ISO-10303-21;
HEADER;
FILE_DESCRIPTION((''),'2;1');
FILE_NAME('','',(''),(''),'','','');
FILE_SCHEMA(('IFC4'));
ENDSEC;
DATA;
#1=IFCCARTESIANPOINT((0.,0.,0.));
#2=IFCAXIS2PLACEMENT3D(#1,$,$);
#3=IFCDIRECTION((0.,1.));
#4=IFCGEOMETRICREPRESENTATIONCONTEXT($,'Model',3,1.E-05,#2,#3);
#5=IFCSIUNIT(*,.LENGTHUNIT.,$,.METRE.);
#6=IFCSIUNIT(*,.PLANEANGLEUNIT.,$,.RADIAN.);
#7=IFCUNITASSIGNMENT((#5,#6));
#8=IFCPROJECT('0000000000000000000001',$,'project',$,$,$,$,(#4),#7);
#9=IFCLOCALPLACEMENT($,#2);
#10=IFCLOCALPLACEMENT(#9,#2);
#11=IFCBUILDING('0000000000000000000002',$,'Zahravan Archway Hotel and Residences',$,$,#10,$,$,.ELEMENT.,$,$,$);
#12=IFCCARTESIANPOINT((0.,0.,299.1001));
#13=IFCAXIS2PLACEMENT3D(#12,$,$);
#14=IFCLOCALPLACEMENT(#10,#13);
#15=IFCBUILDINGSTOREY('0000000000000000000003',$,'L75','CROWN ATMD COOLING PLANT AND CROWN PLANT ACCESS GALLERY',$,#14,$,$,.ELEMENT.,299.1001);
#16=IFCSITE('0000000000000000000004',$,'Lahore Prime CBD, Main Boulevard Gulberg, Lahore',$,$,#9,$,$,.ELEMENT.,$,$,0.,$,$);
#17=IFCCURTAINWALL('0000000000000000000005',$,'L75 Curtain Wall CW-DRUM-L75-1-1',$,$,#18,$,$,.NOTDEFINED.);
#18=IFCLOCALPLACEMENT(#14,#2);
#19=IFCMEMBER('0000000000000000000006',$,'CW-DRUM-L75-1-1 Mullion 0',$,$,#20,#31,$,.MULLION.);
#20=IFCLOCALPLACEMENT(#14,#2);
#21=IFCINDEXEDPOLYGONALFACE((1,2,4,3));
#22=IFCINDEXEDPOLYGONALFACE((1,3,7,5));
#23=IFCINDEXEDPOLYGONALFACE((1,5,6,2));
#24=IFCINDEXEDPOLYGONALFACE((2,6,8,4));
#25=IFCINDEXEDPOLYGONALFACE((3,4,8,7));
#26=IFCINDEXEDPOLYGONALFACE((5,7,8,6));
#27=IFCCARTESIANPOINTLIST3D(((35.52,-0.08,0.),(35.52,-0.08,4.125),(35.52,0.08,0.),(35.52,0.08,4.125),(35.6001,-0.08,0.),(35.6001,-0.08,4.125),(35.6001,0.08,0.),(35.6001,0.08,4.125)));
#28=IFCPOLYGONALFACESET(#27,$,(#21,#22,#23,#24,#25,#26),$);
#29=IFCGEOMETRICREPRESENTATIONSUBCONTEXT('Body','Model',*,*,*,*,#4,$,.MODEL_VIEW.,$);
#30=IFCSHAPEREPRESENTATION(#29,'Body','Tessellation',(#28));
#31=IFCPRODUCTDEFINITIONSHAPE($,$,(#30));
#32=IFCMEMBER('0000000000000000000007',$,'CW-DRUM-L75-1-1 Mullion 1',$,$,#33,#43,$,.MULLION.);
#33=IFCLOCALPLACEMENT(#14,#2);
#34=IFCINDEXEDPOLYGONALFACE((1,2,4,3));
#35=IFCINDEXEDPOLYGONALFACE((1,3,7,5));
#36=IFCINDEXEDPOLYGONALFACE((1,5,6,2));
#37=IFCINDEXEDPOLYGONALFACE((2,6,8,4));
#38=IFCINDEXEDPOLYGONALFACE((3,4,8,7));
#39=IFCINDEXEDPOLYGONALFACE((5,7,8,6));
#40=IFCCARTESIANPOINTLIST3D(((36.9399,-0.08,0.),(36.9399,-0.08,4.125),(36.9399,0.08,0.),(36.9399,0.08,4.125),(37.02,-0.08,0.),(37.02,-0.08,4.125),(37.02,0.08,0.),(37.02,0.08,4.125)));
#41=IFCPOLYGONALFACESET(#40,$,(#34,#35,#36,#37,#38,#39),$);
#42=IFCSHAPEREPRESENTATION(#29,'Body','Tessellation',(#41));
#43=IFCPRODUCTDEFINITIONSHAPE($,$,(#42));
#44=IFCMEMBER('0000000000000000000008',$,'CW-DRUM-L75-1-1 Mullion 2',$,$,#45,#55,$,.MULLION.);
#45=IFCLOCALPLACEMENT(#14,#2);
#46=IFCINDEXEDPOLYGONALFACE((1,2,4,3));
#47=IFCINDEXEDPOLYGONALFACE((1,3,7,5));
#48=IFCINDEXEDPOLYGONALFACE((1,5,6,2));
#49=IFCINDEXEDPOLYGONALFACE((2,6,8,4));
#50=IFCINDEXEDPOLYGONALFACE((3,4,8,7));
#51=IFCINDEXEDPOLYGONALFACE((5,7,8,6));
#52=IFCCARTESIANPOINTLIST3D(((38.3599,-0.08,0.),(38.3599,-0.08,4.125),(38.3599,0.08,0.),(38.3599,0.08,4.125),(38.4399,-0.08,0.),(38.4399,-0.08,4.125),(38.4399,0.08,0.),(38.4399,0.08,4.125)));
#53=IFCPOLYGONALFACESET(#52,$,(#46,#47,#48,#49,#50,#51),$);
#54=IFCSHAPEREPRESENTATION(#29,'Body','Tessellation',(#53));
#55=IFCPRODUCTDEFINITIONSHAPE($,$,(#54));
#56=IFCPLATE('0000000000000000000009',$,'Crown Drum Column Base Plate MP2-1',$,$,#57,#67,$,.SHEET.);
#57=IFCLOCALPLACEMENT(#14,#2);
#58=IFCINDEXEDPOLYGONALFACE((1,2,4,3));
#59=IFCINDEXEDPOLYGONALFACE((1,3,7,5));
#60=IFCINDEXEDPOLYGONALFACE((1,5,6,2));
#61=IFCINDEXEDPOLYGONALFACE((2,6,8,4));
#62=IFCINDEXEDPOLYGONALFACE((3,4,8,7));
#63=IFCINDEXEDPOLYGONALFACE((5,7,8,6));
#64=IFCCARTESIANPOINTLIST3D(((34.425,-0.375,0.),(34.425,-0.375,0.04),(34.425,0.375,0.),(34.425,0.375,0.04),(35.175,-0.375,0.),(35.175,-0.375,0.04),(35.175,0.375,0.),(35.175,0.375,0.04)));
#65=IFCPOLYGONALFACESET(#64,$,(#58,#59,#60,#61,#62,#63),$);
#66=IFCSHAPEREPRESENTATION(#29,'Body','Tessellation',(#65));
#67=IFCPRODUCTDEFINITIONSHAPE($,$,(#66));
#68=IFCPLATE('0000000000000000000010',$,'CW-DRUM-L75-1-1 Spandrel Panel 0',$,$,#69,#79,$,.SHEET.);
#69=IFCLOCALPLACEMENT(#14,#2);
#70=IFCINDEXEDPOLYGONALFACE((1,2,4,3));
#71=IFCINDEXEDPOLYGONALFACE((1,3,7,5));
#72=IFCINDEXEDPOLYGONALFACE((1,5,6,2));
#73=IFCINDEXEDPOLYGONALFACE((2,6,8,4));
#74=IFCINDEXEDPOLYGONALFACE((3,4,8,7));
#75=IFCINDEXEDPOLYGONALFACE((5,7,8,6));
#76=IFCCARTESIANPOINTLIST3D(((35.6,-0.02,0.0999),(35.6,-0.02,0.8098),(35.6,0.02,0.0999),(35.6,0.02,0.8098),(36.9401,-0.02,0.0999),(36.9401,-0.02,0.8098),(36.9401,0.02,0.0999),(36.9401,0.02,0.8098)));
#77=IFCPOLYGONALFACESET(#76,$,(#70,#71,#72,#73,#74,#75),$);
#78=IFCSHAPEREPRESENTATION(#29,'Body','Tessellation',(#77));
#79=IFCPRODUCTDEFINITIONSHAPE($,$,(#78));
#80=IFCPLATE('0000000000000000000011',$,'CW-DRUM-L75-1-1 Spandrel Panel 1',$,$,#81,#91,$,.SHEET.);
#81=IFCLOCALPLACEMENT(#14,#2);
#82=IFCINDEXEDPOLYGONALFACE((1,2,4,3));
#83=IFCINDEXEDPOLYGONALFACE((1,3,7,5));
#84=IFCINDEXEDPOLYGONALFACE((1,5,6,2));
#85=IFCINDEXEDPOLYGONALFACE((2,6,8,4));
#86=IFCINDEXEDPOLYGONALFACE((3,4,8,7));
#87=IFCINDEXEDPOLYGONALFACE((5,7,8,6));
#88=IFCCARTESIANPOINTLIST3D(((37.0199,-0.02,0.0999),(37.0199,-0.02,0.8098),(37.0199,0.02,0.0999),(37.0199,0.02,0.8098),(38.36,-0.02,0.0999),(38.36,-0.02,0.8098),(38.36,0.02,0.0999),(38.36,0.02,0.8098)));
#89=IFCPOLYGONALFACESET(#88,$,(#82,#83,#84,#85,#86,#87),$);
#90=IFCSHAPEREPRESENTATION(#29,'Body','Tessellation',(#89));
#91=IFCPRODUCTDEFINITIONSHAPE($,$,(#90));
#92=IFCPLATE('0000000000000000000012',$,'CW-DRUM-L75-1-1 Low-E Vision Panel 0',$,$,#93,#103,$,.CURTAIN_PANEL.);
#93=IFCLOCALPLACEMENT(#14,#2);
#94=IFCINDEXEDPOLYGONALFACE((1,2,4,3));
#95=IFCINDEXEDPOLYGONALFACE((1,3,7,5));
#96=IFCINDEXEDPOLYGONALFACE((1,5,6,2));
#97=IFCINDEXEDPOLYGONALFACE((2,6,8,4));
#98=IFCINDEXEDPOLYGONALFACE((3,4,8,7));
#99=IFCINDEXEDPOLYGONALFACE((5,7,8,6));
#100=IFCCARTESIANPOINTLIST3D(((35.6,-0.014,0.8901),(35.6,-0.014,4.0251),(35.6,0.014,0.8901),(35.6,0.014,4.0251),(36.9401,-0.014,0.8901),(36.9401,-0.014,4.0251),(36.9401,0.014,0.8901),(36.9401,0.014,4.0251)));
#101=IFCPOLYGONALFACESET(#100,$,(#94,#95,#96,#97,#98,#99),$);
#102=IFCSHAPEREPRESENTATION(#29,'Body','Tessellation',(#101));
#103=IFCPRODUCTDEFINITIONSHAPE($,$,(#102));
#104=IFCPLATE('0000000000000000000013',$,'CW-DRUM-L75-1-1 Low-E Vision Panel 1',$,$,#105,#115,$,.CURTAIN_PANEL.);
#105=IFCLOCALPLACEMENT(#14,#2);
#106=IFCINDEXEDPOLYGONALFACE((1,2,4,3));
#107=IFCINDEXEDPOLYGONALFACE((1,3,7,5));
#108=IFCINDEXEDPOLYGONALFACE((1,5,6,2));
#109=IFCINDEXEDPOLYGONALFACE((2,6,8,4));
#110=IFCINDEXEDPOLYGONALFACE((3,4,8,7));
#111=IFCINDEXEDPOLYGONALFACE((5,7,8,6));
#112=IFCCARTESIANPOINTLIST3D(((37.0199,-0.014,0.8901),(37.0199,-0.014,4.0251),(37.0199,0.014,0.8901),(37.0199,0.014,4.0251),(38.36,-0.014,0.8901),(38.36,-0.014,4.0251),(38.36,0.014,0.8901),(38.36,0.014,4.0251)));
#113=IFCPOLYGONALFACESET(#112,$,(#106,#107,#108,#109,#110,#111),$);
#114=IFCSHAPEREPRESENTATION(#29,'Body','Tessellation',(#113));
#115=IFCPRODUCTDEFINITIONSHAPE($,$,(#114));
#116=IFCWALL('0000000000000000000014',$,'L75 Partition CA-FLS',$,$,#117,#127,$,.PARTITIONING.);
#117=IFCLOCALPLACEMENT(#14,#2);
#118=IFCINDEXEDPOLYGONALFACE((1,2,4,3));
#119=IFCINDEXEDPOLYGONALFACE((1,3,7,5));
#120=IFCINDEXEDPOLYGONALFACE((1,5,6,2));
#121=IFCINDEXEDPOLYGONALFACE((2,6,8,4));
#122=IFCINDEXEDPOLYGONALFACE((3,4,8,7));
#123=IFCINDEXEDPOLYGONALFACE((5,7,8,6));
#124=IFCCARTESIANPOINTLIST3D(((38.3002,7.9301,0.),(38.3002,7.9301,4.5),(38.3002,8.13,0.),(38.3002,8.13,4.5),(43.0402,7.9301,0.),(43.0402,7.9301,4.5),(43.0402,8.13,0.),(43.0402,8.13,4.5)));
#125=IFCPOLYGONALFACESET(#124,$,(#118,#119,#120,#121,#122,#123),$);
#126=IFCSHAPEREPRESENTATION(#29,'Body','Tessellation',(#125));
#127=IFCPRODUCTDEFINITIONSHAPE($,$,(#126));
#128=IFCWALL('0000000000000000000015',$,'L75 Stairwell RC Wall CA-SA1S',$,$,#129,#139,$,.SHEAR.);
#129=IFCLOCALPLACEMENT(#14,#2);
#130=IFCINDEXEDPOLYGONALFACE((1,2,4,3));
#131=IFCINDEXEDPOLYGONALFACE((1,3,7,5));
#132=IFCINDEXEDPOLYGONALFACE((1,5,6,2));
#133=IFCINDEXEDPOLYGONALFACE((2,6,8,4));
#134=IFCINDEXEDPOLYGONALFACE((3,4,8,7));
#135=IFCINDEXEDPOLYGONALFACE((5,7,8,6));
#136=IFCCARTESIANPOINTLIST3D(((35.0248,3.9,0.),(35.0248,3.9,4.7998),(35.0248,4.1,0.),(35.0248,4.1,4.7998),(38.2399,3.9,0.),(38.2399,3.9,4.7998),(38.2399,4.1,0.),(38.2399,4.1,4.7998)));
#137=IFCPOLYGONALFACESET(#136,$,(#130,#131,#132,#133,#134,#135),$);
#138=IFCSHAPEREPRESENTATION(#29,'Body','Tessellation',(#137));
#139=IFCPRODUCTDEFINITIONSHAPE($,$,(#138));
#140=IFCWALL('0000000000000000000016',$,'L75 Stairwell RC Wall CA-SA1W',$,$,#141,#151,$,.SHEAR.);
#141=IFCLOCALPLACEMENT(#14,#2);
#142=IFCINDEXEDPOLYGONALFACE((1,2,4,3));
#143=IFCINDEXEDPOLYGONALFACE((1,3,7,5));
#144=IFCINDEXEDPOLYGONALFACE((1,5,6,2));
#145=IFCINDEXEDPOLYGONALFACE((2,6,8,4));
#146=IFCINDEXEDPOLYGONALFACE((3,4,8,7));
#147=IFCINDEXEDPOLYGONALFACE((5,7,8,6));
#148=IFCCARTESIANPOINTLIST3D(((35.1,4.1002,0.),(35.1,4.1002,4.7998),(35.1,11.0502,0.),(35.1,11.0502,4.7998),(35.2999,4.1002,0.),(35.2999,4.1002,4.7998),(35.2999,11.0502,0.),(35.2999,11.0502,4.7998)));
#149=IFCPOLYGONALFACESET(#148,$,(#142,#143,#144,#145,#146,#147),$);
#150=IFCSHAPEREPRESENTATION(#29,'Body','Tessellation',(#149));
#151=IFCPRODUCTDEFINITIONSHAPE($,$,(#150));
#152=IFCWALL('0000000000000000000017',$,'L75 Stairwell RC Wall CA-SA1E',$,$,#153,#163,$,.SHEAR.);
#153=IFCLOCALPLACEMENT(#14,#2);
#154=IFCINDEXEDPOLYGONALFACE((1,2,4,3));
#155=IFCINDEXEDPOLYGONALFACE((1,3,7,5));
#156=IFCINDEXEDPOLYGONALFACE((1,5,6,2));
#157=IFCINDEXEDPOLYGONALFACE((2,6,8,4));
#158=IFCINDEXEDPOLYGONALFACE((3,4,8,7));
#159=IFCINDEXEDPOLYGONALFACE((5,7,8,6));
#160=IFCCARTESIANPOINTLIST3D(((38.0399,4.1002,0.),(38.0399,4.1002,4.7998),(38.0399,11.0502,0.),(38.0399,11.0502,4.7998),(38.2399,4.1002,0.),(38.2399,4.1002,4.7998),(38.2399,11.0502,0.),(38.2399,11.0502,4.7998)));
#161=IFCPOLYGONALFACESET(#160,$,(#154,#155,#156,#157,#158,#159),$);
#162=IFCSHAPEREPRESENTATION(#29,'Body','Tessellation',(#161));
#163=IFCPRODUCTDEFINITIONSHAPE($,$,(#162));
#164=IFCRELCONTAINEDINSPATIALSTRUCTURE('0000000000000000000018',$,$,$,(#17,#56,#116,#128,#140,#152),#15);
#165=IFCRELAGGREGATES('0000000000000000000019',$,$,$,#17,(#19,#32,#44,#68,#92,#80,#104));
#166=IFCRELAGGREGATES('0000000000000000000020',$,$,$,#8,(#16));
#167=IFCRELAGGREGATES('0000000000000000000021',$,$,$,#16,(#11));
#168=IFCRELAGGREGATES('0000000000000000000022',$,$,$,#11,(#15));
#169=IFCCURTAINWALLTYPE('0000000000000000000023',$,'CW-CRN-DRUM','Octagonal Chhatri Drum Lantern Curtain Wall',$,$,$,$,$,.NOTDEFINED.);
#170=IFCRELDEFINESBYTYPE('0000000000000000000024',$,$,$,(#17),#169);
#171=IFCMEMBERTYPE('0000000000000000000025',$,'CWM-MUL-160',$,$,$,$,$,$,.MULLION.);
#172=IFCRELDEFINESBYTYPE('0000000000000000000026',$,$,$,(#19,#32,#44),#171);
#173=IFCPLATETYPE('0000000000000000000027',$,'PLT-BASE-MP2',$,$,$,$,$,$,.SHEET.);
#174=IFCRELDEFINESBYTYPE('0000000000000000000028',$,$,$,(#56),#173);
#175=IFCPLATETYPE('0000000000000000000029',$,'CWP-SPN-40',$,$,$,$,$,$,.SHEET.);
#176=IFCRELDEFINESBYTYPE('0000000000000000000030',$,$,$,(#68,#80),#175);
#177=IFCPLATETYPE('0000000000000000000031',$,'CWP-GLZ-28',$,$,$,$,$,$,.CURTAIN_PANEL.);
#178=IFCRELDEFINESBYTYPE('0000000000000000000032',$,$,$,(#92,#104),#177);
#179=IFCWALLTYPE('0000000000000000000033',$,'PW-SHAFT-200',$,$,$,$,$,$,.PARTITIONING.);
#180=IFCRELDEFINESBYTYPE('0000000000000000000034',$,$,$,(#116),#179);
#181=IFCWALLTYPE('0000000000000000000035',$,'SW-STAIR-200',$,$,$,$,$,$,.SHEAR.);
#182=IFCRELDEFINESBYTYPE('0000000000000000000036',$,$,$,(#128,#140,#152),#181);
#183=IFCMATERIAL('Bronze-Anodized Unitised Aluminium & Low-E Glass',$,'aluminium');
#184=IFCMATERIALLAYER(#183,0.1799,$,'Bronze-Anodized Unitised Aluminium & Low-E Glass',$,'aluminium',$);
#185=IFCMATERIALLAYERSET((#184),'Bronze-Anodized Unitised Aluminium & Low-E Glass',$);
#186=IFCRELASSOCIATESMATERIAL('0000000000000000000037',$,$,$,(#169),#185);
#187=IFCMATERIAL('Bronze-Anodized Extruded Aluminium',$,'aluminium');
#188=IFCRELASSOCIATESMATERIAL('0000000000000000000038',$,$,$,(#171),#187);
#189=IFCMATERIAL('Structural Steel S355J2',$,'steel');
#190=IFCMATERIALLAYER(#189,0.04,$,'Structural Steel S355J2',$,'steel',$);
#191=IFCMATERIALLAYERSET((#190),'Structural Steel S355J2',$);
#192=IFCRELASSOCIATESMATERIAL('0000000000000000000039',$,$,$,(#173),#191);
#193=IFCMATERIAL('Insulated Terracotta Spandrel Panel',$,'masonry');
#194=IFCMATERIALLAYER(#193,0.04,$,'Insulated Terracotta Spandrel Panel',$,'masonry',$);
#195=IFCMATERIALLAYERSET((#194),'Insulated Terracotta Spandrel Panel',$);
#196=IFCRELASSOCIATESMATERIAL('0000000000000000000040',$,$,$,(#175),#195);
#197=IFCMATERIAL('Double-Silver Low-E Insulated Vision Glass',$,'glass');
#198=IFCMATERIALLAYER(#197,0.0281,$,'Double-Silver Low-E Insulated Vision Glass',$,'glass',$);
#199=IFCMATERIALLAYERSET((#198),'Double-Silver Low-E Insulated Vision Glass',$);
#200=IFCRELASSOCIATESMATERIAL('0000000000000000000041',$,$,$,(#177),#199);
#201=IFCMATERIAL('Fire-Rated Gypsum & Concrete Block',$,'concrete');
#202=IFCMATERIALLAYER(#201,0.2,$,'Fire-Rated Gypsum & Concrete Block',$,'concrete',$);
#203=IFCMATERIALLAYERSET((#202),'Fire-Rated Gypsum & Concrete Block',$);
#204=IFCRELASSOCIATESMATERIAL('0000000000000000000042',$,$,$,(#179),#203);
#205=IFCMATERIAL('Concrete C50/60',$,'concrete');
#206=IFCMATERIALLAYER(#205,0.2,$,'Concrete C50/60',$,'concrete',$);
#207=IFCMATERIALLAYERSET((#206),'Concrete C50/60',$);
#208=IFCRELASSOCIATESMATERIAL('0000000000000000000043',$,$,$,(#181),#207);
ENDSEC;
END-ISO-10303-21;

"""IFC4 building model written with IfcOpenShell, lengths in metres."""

from ifc_helpers import new_model, si_unit, direction, frame, frame_2d, origin, origin_2d, place, context, subcontext, project, spatial, rectangle, extrude, source, transform, mapped, material, layer, layer_set, material_profile, profile_set, type_object, type_shapes, element, aggregate, save


model = new_model("IFC4")

# Units and contexts
model_context = context("Model", 3, precision=1e-05, world=origin(), true_north=direction((0.0, 1.0)))
body_context = subcontext(model_context, "Body", "Model", "MODEL_VIEW")
ifc_project = project(units=[si_unit("LENGTHUNIT", "METRE"), si_unit("PLANEANGLEUNIT", "RADIAN")], contexts=[model_context])

# Site, building, storey
site_placement = place(None, origin())
site = spatial("IfcSite", under=ifc_project, at=site_placement, Name="Lahore Prime CBD, Main Boulevard Gulberg, Lahore", CompositionType="ELEMENT", RefElevation=0.0)
building_placement = place(site_placement, origin())
building = spatial("IfcBuilding", under=site, at=building_placement, Name="Zahravan Archway Hotel and Residences", CompositionType="ELEMENT")
storey_placement = place(building_placement, frame((0.0, 0.0, 299.1001)))
storey = spatial("IfcBuildingStorey", under=building, at=storey_placement, Name="L75", Description="CROWN ATMD COOLING PLANT AND CROWN PLANT ACCESS GALLERY", CompositionType="ELEMENT", Elevation=299.1001)

# Curtain wall, members
ifc_material_1 = material(Name="Bronze-Anodized Unitised Aluminium & Low-E Glass", Category="aluminium")
ifc_layer_1 = layer(ifc_material_1, 0.1799, Name="Bronze-Anodized Unitised Aluminium & Low-E Glass", Category="aluminium")
ifc_layer_set_1 = layer_set([ifc_layer_1], Name="Bronze-Anodized Unitised Aluminium & Low-E Glass")
curtain_wall_type = type_object("IfcCurtainWallType", Name="CW-CRN-DRUM", Description="Octagonal Chhatri Drum Lantern Curtain Wall", PredefinedType="NOTDEFINED", material=ifc_layer_set_1)
curtain_wall_placement = place(storey_placement, origin())
curtain_wall = element("IfcCurtainWall", 1, at=curtain_wall_placement, inside=storey, type_object=curtain_wall_type, Name="L75 Curtain Wall CW-DRUM-L75-1-1", PredefinedType="NOTDEFINED")
ifc_material_2 = material(Name="Bronze-Anodized Extruded Aluminium", Category="aluminium")
ifc_material_profile_1 = material_profile(ifc_material_2, rectangle(XDim=0.0801, YDim=0.1599, at=origin_2d()), Name="MUL 80x160", Category="aluminium")
ifc_profile_set_1 = profile_set([ifc_material_profile_1], Name="Bronze-Anodized Extruded Aluminium")
member_type_1 = type_object("IfcMemberType", Name="CWM-MUL-160", PredefinedType="MULLION", material=ifc_profile_set_1)
shared_shape_1 = source(origin(), body_context, "Body", "SweptSolid", [
    extrude(rectangle(XDim=0.0801, YDim=0.1599, at=origin_2d()), origin(), (0.0, 0.0, 1.0), 4.125),
])
member_1_placement = place(storey_placement, frame((35.5601, 0.0, 0.0), z_axis=(0.0, 0.0, 1.0), x_axis=(1.0, 0.0, 0.0)))
member_1 = element("IfcMember", 2, at=member_1_placement, type_object=member_type_1, Name="CW-DRUM-L75-1-1 Mullion 0", PredefinedType="MULLION", context=body_context, shape_type="MappedRepresentation", body=[
    mapped(shared_shape_1, transform((0.0, 0.0, 0.0), scale=1.0)),
])
member_2_placement = place(storey_placement, frame((36.98, 0.0, 0.0), z_axis=(0.0, 0.0, 1.0), x_axis=(1.0, 0.0, 0.0)))
member_2 = element("IfcMember", 3, at=member_2_placement, type_object=member_type_1, Name="CW-DRUM-L75-1-1 Mullion 1", PredefinedType="MULLION", context=body_context, shape_type="MappedRepresentation", body=[
    mapped(shared_shape_1, transform((0.0, 0.0, 0.0), scale=1.0)),
])
member_3_placement = place(storey_placement, frame((38.3999, 0.0, 0.0), z_axis=(0.0, 0.0, 1.0), x_axis=(1.0, 0.0, 0.0)))
member_3 = element("IfcMember", 4, at=member_3_placement, type_object=member_type_1, Name="CW-DRUM-L75-1-1 Mullion 2", PredefinedType="MULLION", context=body_context, shape_type="MappedRepresentation", body=[
    mapped(shared_shape_1, transform((0.0, 0.0, 0.0), scale=1.0)),
])

# Plates
ifc_material_3 = material(Name="Structural Steel S355J2", Category="steel")
ifc_layer_2 = layer(ifc_material_3, 0.04, Name="Structural Steel S355J2", Category="steel")
ifc_layer_set_2 = layer_set([ifc_layer_2], Name="Structural Steel S355J2")
plate_type_1 = type_object("IfcPlateType", Name="PLT-BASE-MP2", PredefinedType="SHEET", material=ifc_layer_set_2)
shared_shape_2 = source(origin(), body_context, "Body", "SweptSolid", [
    extrude(rectangle(XDim=0.75, YDim=0.75, at=origin_2d()), origin(), (0.0, 0.0, 1.0), 0.04),
])
type_shapes(plate_type_1, [shared_shape_2])
plate_1_placement = place(storey_placement, frame((34.8, 0.0, 0.0), z_axis=(0.0, 0.0, 1.0), x_axis=(1.0, 0.0, 0.0)))
element("IfcPlate", 5, at=plate_1_placement, inside=storey, type_object=plate_type_1, Name="Crown Drum Column Base Plate MP2-1", PredefinedType="SHEET", context=body_context, shape_type="MappedRepresentation", body=[
    mapped(shared_shape_2, transform((0.0, 0.0, 0.0), scale=1.0)),
])
ifc_material_4 = material(Name="Insulated Terracotta Spandrel Panel", Category="masonry")
ifc_layer_3 = layer(ifc_material_4, 0.04, Name="Insulated Terracotta Spandrel Panel", Category="masonry")
ifc_layer_set_3 = layer_set([ifc_layer_3], Name="Insulated Terracotta Spandrel Panel")
plate_type_2 = type_object("IfcPlateType", Name="CWP-SPN-40", PredefinedType="SHEET", material=ifc_layer_set_3)
shared_shape_3 = source(origin(), body_context, "Body", "SweptSolid", [
    extrude(rectangle(XDim=1.3401, YDim=0.04, at=origin_2d()), origin(), (0.0, 0.0, 1.0), 0.71),
])
plate_2_placement = place(storey_placement, frame((36.27, 0.0, 0.0999), z_axis=(0.0, 0.0, 1.0), x_axis=(1.0, 0.0, 0.0)))
plate_2 = element("IfcPlate", 6, at=plate_2_placement, type_object=plate_type_2, Name="CW-DRUM-L75-1-1 Spandrel Panel 0", PredefinedType="SHEET", context=body_context, shape_type="MappedRepresentation", body=[
    mapped(shared_shape_3, transform((0.0, 0.0, 0.0), scale=1.0)),
])
plate_3_placement = place(storey_placement, frame((37.6899, 0.0, 0.0999), z_axis=(0.0, 0.0, 1.0), x_axis=(1.0, 0.0, 0.0)))
plate_3 = element("IfcPlate", 7, at=plate_3_placement, type_object=plate_type_2, Name="CW-DRUM-L75-1-1 Spandrel Panel 1", PredefinedType="SHEET", context=body_context, shape_type="MappedRepresentation", body=[
    mapped(shared_shape_3, transform((0.0, 0.0, 0.0), scale=1.0)),
])
ifc_material_5 = material(Name="Double-Silver Low-E Insulated Vision Glass", Category="glass")
ifc_layer_4 = layer(ifc_material_5, 0.0281, Name="Double-Silver Low-E Insulated Vision Glass", Category="glass")
ifc_layer_set_4 = layer_set([ifc_layer_4], Name="Double-Silver Low-E Insulated Vision Glass")
plate_type_3 = type_object("IfcPlateType", Name="CWP-GLZ-28", PredefinedType="CURTAIN_PANEL", material=ifc_layer_set_4)
shared_shape_4 = source(origin(), body_context, "Body", "SweptSolid", [
    extrude(rectangle(XDim=1.3401, YDim=0.0281, at=origin_2d()), origin(), (0.0, 0.0, 1.0), 3.135),
])
plate_4_placement = place(storey_placement, frame((36.27, 0.0, 0.8901), z_axis=(0.0, 0.0, 1.0), x_axis=(1.0, 0.0, 0.0)))
plate_4 = element("IfcPlate", 8, at=plate_4_placement, type_object=plate_type_3, Name="CW-DRUM-L75-1-1 Low-E Vision Panel 0", PredefinedType="CURTAIN_PANEL", context=body_context, shape_type="MappedRepresentation", body=[
    mapped(shared_shape_4, transform((0.0, 0.0, 0.0), scale=1.0)),
])
plate_5_placement = place(storey_placement, frame((37.6899, 0.0, 0.8901), z_axis=(0.0, 0.0, 1.0), x_axis=(1.0, 0.0, 0.0)))
plate_5 = element("IfcPlate", 9, at=plate_5_placement, type_object=plate_type_3, Name="CW-DRUM-L75-1-1 Low-E Vision Panel 1", PredefinedType="CURTAIN_PANEL", context=body_context, shape_type="MappedRepresentation", body=[
    mapped(shared_shape_4, transform((0.0, 0.0, 0.0), scale=1.0)),
])
aggregate(curtain_wall, [member_1, member_2, member_3, plate_2, plate_4, plate_3, plate_5])

# Walls
ifc_material_6 = material(Name="Fire-Rated Gypsum & Concrete Block", Category="concrete")
ifc_layer_5 = layer(ifc_material_6, 0.2, Name="Fire-Rated Gypsum & Concrete Block", Category="concrete")
ifc_layer_set_5 = layer_set([ifc_layer_5], Name="Fire-Rated Gypsum & Concrete Block")
wall_type_1 = type_object("IfcWallType", Name="PW-SHAFT-200", PredefinedType="PARTITIONING", material=ifc_layer_set_5)
wall_1_placement = place(storey_placement, frame((38.3, 8.03, 0.0), z_axis=(0.0, 0.0, 1.0), x_axis=(1.0, 0.0, 0.0)))
element("IfcWall", 10, at=wall_1_placement, inside=storey, type_object=wall_type_1, Name="L75 Partition CA-FLS", PredefinedType="PARTITIONING", context=body_context, shape_type="SweptSolid", body=[
    extrude(rectangle(XDim=4.74, YDim=0.2, at=frame_2d((2.3701, 0.0))), origin(), (0.0, 0.0, 1.0), 4.5),
])
ifc_material_7 = material(Name="Concrete C50/60", Category="concrete")
ifc_layer_6 = layer(ifc_material_7, 0.2, Name="Concrete C50/60", Category="concrete")
ifc_layer_set_6 = layer_set([ifc_layer_6], Name="Concrete C50/60")
wall_type_2 = type_object("IfcWallType", Name="SW-STAIR-200", PredefinedType="SHEAR", material=ifc_layer_set_6)
wall_2_placement = place(storey_placement, frame((35.0249, 4.0, 0.0), z_axis=(0.0, 0.0, 1.0), x_axis=(1.0, 0.0, 0.0)))
element("IfcWall", 11, at=wall_2_placement, inside=storey, type_object=wall_type_2, Name="L75 Stairwell RC Wall CA-SA1S", PredefinedType="SHEAR", context=body_context, shape_type="SweptSolid", body=[
    extrude(rectangle(XDim=3.2151, YDim=0.2, at=frame_2d((1.6074, 0.0))), origin(), (0.0, 0.0, 1.0), 4.7998),
])
for number, where, z_axis, x_axis, name in (
    (12, (35.2, 4.1001, 0.0), (0.0, 0.0, 1.0), (0.0, 1.0, 0.0), "L75 Stairwell RC Wall CA-SA1W"),
    (13, (38.1399, 4.1001, 0.0), (0.0, 0.0, 1.0), (0.0, 1.0, 0.0), "L75 Stairwell RC Wall CA-SA1E"),
):
    element("IfcWall", number, at=place(storey_placement, frame(where, z_axis=z_axis, x_axis=x_axis)), inside=storey, type_object=wall_type_2, Name=name, PredefinedType="SHEAR", context=body_context, shape_type="SweptSolid", body=[
        extrude(rectangle(XDim=6.95, YDim=0.2, at=frame_2d((3.4751, 0.0))), origin(), (0.0, 0.0, 1.0), 4.7998),
    ])

save(model, "model.ifc")
